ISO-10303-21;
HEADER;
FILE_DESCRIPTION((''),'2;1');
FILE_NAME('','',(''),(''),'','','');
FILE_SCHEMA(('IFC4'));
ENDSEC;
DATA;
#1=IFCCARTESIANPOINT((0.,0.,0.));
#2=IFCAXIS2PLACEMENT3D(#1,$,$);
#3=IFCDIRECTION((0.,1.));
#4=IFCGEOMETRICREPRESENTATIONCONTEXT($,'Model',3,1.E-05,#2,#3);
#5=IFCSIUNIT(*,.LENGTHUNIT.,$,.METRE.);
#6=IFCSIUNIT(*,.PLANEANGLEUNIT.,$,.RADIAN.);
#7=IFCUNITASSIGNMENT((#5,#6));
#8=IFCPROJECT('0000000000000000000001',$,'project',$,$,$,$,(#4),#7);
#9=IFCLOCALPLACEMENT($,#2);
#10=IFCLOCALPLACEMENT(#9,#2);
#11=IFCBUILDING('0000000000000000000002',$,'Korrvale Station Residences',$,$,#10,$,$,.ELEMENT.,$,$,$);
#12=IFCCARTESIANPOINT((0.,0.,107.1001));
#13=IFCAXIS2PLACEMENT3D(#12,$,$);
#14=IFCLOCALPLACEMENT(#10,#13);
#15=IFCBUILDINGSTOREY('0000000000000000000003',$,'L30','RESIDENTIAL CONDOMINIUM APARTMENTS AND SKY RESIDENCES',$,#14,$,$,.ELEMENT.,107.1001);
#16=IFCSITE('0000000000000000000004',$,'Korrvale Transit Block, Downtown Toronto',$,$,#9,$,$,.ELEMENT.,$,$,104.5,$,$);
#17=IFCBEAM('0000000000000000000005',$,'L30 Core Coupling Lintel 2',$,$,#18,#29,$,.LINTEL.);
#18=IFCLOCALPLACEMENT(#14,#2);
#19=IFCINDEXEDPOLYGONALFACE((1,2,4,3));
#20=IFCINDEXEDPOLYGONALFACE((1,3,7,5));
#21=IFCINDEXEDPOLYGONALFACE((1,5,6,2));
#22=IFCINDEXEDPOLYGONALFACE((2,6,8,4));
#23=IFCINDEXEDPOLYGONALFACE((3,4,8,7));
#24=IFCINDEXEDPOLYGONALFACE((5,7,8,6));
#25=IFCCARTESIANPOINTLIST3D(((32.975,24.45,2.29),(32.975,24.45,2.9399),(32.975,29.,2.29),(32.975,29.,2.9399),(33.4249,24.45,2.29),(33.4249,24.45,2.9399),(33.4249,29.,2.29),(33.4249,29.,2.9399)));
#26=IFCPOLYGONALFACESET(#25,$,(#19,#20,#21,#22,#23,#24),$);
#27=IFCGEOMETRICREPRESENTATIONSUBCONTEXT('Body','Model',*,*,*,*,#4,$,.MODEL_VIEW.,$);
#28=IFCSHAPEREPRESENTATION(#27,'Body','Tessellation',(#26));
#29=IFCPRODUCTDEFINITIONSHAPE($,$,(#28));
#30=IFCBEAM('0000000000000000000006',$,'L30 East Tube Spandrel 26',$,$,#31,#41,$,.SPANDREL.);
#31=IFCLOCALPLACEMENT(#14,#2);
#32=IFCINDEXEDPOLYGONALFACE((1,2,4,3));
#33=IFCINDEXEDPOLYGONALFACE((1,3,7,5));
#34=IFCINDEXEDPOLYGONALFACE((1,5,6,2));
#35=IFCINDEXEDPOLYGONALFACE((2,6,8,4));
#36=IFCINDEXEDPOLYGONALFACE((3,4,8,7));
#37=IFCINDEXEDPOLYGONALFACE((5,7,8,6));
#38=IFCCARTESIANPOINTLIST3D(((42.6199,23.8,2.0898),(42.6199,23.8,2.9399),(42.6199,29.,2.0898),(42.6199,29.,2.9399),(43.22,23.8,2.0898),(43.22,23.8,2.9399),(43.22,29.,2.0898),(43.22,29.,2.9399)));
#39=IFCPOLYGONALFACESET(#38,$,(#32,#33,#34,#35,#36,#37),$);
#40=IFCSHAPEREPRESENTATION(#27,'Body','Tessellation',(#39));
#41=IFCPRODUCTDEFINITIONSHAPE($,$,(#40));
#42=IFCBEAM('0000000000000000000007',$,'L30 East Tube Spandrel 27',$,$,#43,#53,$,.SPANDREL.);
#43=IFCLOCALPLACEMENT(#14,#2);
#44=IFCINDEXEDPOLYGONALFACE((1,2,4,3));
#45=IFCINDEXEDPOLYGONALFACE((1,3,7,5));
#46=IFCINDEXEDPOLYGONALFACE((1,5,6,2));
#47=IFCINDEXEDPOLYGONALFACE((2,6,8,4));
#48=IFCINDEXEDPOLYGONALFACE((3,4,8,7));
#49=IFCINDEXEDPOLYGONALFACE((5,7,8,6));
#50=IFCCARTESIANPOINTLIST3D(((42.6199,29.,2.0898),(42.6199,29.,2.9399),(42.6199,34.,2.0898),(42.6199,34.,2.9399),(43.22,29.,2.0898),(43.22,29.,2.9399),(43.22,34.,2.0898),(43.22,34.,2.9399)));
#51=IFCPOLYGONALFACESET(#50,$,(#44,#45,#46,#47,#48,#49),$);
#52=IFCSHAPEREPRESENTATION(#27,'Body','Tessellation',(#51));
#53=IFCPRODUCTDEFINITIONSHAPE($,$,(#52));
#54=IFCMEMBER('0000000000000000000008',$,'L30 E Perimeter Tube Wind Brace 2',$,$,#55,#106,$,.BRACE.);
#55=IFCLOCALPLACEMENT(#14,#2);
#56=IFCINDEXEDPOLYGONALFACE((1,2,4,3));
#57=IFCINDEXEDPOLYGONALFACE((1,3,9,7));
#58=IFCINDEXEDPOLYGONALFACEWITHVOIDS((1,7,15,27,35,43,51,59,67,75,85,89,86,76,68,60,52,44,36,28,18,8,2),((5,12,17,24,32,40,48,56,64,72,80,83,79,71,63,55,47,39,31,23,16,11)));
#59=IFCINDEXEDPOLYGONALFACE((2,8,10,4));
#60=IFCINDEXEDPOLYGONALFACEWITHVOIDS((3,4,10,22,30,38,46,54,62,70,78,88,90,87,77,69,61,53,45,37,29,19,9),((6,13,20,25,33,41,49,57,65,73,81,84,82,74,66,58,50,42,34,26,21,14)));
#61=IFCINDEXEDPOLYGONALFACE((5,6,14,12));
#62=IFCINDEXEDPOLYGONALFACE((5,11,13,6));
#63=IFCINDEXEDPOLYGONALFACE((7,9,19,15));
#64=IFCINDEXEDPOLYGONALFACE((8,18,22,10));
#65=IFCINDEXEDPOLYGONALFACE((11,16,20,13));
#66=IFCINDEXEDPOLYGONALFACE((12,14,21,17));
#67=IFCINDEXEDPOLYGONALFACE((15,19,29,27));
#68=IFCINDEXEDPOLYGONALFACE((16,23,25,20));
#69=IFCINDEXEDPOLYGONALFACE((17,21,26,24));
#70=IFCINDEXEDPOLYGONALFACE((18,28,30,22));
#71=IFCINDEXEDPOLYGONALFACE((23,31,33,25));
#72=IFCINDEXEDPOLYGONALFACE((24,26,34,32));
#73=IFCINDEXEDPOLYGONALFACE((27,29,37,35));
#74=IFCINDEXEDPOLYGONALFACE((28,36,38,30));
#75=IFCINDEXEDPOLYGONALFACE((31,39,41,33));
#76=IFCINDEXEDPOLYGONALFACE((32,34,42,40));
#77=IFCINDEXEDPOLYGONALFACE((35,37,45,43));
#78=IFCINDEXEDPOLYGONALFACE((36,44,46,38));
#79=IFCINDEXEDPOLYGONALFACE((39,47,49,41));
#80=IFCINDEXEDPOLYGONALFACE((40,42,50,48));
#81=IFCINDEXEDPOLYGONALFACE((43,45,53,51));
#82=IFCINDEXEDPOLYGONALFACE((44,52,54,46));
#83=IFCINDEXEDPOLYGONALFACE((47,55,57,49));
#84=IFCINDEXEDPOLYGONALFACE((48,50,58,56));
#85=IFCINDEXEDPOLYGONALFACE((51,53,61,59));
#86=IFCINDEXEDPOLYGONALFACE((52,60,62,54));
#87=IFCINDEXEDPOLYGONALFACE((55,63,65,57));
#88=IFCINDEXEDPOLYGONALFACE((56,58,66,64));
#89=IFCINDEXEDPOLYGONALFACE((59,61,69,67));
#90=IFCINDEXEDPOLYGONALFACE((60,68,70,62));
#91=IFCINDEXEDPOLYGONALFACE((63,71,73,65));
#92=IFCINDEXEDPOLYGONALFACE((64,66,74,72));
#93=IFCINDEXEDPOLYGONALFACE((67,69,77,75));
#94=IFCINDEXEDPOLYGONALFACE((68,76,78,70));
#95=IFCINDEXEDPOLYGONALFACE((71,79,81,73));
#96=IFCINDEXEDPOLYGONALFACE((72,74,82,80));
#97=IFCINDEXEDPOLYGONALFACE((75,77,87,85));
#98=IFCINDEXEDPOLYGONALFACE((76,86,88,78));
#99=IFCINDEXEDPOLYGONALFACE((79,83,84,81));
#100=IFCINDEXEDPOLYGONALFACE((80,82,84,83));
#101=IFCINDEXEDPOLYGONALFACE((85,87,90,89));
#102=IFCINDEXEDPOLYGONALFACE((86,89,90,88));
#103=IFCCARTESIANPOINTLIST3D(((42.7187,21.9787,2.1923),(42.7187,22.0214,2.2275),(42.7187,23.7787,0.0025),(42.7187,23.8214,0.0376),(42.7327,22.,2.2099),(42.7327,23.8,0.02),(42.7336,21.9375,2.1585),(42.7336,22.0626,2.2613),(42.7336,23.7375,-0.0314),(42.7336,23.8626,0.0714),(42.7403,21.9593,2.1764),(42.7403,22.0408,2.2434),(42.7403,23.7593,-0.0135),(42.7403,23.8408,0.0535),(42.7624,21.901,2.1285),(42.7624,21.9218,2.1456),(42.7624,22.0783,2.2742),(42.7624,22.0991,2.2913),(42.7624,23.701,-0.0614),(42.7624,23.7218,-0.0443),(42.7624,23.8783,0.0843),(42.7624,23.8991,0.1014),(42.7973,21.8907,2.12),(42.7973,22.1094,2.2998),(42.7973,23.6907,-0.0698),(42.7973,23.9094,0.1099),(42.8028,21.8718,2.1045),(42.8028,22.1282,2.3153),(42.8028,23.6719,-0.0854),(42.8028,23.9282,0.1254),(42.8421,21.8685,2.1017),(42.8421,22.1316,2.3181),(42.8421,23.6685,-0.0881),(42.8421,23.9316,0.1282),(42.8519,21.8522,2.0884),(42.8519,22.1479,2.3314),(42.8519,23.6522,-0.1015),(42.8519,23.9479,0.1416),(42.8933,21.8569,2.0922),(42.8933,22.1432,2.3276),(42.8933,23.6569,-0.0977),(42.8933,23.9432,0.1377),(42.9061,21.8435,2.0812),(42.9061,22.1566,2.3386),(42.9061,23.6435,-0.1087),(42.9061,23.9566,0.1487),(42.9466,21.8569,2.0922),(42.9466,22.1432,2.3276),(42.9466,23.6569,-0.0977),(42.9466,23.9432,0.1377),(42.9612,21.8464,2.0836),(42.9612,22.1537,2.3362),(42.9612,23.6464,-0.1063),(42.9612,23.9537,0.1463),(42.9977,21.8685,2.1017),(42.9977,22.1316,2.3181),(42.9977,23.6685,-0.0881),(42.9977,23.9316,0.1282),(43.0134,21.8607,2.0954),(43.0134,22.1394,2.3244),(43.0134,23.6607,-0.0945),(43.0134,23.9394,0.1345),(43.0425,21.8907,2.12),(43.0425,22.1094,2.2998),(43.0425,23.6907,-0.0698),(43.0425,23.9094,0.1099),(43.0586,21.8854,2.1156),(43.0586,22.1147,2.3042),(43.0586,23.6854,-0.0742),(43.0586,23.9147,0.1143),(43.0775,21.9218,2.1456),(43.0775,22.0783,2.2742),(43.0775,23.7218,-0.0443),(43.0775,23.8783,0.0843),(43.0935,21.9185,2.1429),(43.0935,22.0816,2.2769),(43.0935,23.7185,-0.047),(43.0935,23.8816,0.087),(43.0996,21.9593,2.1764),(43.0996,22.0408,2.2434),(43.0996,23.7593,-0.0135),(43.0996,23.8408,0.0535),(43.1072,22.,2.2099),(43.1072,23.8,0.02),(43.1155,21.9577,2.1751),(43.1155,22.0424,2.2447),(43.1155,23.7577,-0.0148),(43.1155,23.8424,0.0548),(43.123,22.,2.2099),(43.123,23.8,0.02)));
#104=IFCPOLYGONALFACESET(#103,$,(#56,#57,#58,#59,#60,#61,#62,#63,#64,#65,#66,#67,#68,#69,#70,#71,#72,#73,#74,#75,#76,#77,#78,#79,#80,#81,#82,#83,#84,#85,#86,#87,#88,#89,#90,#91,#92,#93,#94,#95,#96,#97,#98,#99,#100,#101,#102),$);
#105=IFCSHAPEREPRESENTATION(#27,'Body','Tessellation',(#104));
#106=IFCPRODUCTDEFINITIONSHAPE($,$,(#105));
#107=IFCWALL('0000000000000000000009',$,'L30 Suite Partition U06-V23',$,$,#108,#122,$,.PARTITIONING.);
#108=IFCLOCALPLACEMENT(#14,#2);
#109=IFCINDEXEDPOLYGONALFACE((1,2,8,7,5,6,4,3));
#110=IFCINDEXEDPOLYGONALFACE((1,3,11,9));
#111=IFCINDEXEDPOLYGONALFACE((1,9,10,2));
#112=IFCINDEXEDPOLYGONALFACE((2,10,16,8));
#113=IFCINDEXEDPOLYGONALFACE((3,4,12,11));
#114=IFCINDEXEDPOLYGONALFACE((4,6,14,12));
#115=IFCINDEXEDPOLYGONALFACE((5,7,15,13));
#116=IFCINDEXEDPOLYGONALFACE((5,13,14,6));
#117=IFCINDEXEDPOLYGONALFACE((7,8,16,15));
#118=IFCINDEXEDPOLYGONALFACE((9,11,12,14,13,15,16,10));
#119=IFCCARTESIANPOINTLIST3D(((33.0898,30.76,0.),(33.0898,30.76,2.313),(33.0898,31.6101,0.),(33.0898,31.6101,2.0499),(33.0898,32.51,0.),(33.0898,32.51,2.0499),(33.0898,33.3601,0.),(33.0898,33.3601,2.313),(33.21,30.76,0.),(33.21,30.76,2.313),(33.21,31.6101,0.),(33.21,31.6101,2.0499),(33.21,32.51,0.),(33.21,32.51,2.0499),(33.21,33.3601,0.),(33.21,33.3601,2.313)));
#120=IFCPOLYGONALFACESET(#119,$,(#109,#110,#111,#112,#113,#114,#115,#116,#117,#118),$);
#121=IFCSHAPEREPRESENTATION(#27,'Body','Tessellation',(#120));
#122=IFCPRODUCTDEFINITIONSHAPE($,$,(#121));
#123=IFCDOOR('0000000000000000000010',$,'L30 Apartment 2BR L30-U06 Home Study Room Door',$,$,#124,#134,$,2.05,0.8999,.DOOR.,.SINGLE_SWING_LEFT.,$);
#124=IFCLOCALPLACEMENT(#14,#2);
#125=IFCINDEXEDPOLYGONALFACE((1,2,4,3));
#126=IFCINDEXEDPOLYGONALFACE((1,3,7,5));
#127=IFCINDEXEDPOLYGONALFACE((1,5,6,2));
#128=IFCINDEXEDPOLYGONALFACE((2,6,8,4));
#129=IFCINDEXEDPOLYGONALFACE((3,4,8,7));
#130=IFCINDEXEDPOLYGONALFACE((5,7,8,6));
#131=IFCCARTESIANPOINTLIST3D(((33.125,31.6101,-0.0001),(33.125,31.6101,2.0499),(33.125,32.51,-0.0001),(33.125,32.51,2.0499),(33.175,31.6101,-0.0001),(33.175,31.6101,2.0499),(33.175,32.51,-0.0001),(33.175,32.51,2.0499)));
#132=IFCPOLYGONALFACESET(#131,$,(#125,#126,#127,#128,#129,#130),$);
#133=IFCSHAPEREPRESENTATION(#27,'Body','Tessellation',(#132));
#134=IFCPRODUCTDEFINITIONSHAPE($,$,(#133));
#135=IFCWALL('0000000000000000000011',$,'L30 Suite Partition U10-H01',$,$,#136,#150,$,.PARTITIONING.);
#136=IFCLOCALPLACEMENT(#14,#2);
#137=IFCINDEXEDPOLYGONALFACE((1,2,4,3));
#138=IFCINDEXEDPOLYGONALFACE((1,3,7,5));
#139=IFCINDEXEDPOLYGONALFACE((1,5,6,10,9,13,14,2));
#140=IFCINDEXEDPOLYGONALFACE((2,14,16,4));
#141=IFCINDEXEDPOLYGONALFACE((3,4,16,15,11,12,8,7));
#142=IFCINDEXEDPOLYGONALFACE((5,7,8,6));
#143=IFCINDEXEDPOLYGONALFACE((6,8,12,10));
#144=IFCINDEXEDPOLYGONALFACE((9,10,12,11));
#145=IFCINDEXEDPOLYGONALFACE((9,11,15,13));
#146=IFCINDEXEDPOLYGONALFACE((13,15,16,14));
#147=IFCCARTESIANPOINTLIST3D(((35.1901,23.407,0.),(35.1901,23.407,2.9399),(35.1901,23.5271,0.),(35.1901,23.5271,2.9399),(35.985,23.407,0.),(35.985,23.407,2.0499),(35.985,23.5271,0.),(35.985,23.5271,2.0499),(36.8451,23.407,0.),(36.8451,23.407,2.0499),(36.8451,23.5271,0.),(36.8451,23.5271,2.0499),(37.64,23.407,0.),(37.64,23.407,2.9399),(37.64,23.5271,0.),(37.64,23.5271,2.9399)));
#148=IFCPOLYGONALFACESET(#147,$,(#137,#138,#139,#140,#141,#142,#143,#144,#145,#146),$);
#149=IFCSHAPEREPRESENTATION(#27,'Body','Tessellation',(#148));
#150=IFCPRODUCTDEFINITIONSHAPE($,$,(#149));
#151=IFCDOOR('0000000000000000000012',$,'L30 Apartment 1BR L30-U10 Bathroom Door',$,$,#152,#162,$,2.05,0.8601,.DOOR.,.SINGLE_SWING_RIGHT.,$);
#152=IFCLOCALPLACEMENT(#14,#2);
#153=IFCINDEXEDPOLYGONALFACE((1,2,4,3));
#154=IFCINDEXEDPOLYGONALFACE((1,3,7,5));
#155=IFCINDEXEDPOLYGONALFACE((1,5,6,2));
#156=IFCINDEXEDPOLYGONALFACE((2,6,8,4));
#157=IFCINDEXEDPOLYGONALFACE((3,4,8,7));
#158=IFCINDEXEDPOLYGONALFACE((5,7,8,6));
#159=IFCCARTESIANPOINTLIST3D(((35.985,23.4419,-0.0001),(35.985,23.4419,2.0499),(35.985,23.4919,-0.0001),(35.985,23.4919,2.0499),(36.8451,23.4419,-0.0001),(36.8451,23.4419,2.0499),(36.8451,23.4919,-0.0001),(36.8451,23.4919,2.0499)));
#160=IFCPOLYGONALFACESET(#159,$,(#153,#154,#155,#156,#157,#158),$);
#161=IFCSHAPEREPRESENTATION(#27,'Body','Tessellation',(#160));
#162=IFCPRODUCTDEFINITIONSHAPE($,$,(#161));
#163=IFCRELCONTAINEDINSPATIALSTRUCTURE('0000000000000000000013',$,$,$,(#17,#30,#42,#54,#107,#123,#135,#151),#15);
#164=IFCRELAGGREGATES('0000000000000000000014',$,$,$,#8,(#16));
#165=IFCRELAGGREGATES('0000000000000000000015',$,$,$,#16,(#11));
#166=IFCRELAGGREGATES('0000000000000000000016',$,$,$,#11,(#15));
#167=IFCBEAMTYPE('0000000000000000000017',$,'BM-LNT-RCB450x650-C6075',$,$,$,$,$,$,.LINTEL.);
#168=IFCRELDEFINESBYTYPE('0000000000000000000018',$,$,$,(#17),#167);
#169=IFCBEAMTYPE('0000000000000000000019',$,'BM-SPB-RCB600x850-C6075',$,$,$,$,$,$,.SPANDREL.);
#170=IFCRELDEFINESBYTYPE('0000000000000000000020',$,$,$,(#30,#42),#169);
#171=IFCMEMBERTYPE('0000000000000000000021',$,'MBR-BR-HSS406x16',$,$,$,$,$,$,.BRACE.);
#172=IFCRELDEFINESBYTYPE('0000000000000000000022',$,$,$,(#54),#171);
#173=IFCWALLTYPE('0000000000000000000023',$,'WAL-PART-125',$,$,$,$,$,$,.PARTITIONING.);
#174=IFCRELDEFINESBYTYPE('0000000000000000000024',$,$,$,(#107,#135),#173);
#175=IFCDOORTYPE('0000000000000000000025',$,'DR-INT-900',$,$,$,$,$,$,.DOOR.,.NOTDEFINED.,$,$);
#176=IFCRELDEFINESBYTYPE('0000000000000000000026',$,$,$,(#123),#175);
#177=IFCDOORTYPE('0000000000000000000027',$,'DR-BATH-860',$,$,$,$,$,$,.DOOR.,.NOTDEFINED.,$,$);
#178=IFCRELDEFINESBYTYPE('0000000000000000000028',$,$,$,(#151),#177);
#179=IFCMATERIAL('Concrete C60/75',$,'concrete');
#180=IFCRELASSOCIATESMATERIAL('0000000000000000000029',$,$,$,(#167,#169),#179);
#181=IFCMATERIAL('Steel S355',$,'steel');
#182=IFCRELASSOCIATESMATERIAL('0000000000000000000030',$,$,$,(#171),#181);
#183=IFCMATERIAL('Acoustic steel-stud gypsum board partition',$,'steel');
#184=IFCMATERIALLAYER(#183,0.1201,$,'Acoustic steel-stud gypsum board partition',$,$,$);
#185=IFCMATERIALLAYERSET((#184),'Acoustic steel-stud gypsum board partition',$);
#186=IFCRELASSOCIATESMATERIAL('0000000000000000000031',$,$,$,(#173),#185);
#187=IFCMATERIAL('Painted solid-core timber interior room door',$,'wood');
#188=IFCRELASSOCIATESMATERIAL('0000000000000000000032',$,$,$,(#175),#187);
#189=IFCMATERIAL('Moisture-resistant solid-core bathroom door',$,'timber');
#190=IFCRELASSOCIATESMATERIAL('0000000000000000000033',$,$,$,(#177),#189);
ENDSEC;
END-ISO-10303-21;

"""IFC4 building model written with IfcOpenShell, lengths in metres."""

from ifc_helpers import new_model, si_unit, direction, frame, frame_2d, origin, origin_2d, place, context, subcontext, project, spatial, rectangle, hollow_circle, extrude, material, layer, layer_set, material_profile, profile_set, type_object, element, fill, save


model = new_model("IFC4")

# Units and contexts
model_context = context("Model", 3, precision=1e-05, world=origin(), true_north=direction((0.0, 1.0)))
body_context = subcontext(model_context, "Body", "Model", "MODEL_VIEW")
ifc_project = project(units=[si_unit("LENGTHUNIT", "METRE"), si_unit("PLANEANGLEUNIT", "RADIAN")], contexts=[model_context])

# Site, building, storey
site_placement = place(None, origin())
site = spatial("IfcSite", under=ifc_project, at=site_placement, Name="Korrvale Transit Block, Downtown Toronto", CompositionType="ELEMENT", RefElevation=104.5)
building_placement = place(site_placement, origin())
building = spatial("IfcBuilding", under=site, at=building_placement, Name="Korrvale Station Residences", CompositionType="ELEMENT")
storey_placement = place(building_placement, frame((0.0, 0.0, 107.1001)))
storey = spatial("IfcBuildingStorey", under=building, at=storey_placement, Name="L30", Description="RESIDENTIAL CONDOMINIUM APARTMENTS AND SKY RESIDENCES", CompositionType="ELEMENT", Elevation=107.1001)

# Shared definitions
ifc_material_1 = material(Name="Concrete C60/75", Category="concrete")

# Beams
ifc_material_2 = material(Name="Steel S355", Category="steel")
ifc_material_profile_1 = material_profile(ifc_material_1, rectangle(XDim=0.45, YDim=0.6499, at=origin_2d()), Name="RCB450x650")
ifc_profile_set_1 = profile_set([ifc_material_profile_1], Name="Concrete C60/75")
beam_type_1 = type_object("IfcBeamType", Name="BM-LNT-RCB450x650-C6075", PredefinedType="LINTEL", material=ifc_profile_set_1)
beam_1_placement = place(storey_placement, frame((33.2, 24.45, 2.615), z_axis=(0.0, 1.0, 0.0), x_axis=(-1.0, 0.0, 0.0)))
element("IfcBeam", 1, at=beam_1_placement, inside=storey, type_object=beam_type_1, Name="L30 Core Coupling Lintel 2", PredefinedType="LINTEL", context=body_context, shape_type="SweptSolid", body=[
    extrude(rectangle(XDim=0.45, YDim=0.6499, at=origin_2d()), origin(), (0.0, 0.0, 1.0), 4.55),
])
ifc_material_profile_2 = material_profile(ifc_material_1, rectangle(XDim=0.6001, YDim=0.8501, at=origin_2d()), Name="RCB600x850")
ifc_profile_set_2 = profile_set([ifc_material_profile_2], Name="Concrete C60/75")
beam_type_2 = type_object("IfcBeamType", Name="BM-SPB-RCB600x850-C6075", PredefinedType="SPANDREL", material=ifc_profile_set_2)
beam_2_placement = place(storey_placement, frame((42.9199, 23.8, 2.5149), z_axis=(0.0, 1.0, 0.0), x_axis=(-1.0, 0.0, 0.0)))
element("IfcBeam", 2, at=beam_2_placement, inside=storey, type_object=beam_type_2, Name="L30 East Tube Spandrel 26", PredefinedType="SPANDREL", context=body_context, shape_type="SweptSolid", body=[
    extrude(rectangle(XDim=0.6001, YDim=0.8501, at=origin_2d()), origin(), (0.0, 0.0, 1.0), 5.2),
])
beam_3_placement = place(storey_placement, frame((42.9199, 29.0, 2.5149), z_axis=(0.0, 1.0, 0.0), x_axis=(-1.0, 0.0, 0.0)))
element("IfcBeam", 3, at=beam_3_placement, inside=storey, type_object=beam_type_2, Name="L30 East Tube Spandrel 27", PredefinedType="SPANDREL", context=body_context, shape_type="SweptSolid", body=[
    extrude(rectangle(XDim=0.6001, YDim=0.8501, at=origin_2d()), origin(), (0.0, 0.0, 1.0), 5.0),
])

# Member
ifc_material_profile_3 = material_profile(ifc_material_2, hollow_circle(Radius=0.2031, WallThickness=0.0159, at=origin_2d()), Name="HSS406x16")
ifc_profile_set_3 = profile_set([ifc_material_profile_3], Name="Steel S355")
member_type = type_object("IfcMemberType", Name="MBR-BR-HSS406x16", PredefinedType="BRACE", material=ifc_profile_set_3)
member_placement = place(storey_placement, frame((42.9199, 23.8, 0.02), z_axis=(0.0, -0.634985, 0.772524), x_axis=(1.0, 0.0, 0.0)))
element("IfcMember", 4, at=member_placement, inside=storey, type_object=member_type, Name="L30 E Perimeter Tube Wind Brace 2", PredefinedType="BRACE", context=body_context, shape_type="SweptSolid", body=[
    extrude(hollow_circle(Radius=0.2031, WallThickness=0.0159, at=origin_2d()), origin(), (0.0, 0.0, 1.0), 2.8347),
])

# Walls, openings, doors
ifc_material_3 = material(Name="Acoustic steel-stud gypsum board partition", Category="steel")
ifc_layer_1 = layer(ifc_material_3, 0.1201, Name="Acoustic steel-stud gypsum board partition")
ifc_layer_set_1 = layer_set([ifc_layer_1], Name="Acoustic steel-stud gypsum board partition")
wall_type_1 = type_object("IfcWallType", Name="WAL-PART-125", PredefinedType="PARTITIONING", material=ifc_layer_set_1)
wall_1_placement = place(storey_placement, frame((33.1499, 30.76, 0.0), z_axis=(0.0, 0.0, 1.0), x_axis=(0.0, 1.0, 0.0)))
wall_1 = element("IfcWall", 5, at=wall_1_placement, inside=storey, type_object=wall_type_1, Name="L30 Suite Partition U06-V23", PredefinedType="PARTITIONING", context=body_context, shape_type="SweptSolid", body=[
    extrude(rectangle(XDim=2.6001, YDim=0.1201, at=frame_2d((1.3, 0.0))), origin(), (0.0, 0.0, 1.0), 2.313),
])
opening_1_placement = place(wall_1_placement, frame((0.8501, 0.0, 0.0)))
opening_1 = element("IfcOpeningElement", 6, at=opening_1_placement, cuts=wall_1, PredefinedType="OPENING", context=body_context, shape_type="SweptSolid", body=[
    extrude(rectangle(XDim=0.8999, YDim=2.05, at=frame_2d((0.45, 1.0249))), frame((0.0, 0.0701, 0.0), z_axis=(0.0, -1.0, 0.0), x_axis=(1.0, 0.0, 0.0)), (0.0, 0.0, 1.0), 0.1401),
])
ifc_material_4 = material(Name="Painted solid-core timber interior room door", Category="wood")
door_type_1 = type_object("IfcDoorType", Name="DR-INT-900", OperationType="NOTDEFINED", PredefinedType="DOOR", material=ifc_material_4)
door_1_placement = place(opening_1_placement, origin())
door_1 = element("IfcDoor", 7, at=door_1_placement, inside=storey, type_object=door_type_1, Name="L30 Apartment 2BR L30-U06 Home Study Room Door", OperationType="SINGLE_SWING_LEFT", OverallHeight=2.05, OverallWidth=0.8999, PredefinedType="DOOR", context=body_context, shape_type="SweptSolid", body=[
    extrude(rectangle(XDim=0.8999, YDim=2.05, at=frame_2d((0.45, 1.0249))), frame((0.0, 0.0249, 0.0), z_axis=(0.0, -1.0, 0.0), x_axis=(1.0, 0.0, 0.0)), (0.0, 0.0, 1.0), 0.05),
])
fill(opening_1, door_1)
wall_2_placement = place(storey_placement, frame((35.1899, 23.467, 0.0), z_axis=(0.0, 0.0, 1.0), x_axis=(1.0, 0.0, 0.0)))
wall_2 = element("IfcWall", 8, at=wall_2_placement, inside=storey, type_object=wall_type_1, Name="L30 Suite Partition U10-H01", PredefinedType="PARTITIONING", context=body_context, shape_type="SweptSolid", body=[
    extrude(rectangle(XDim=2.45, YDim=0.1201, at=frame_2d((1.2251, 0.0))), origin(), (0.0, 0.0, 1.0), 2.9399),
])
opening_2_placement = place(wall_2_placement, frame((0.7949, 0.0, 0.0)))
opening_2 = element("IfcOpeningElement", 9, at=opening_2_placement, cuts=wall_2, PredefinedType="OPENING", context=body_context, shape_type="SweptSolid", body=[
    extrude(rectangle(XDim=0.8601, YDim=2.05, at=frame_2d((0.4302, 1.0249))), frame((0.0, 0.0701, 0.0), z_axis=(0.0, -1.0, 0.0), x_axis=(1.0, 0.0, 0.0)), (0.0, 0.0, 1.0), 0.1401),
])
ifc_material_5 = material(Name="Moisture-resistant solid-core bathroom door", Category="timber")
door_type_2 = type_object("IfcDoorType", Name="DR-BATH-860", OperationType="NOTDEFINED", PredefinedType="DOOR", material=ifc_material_5)
door_2_placement = place(opening_2_placement, origin())
door_2 = element("IfcDoor", 10, at=door_2_placement, inside=storey, type_object=door_type_2, Name="L30 Apartment 1BR L30-U10 Bathroom Door", OperationType="SINGLE_SWING_RIGHT", OverallHeight=2.05, OverallWidth=0.8601, PredefinedType="DOOR", context=body_context, shape_type="SweptSolid", body=[
    extrude(rectangle(XDim=0.8601, YDim=2.05, at=frame_2d((0.4302, 1.0249))), frame((0.0, 0.0249, 0.0), z_axis=(0.0, -1.0, 0.0), x_axis=(1.0, 0.0, 0.0)), (0.0, 0.0, 1.0), 0.05),
])
fill(opening_2, door_2)

save(model, "model.ifc")
